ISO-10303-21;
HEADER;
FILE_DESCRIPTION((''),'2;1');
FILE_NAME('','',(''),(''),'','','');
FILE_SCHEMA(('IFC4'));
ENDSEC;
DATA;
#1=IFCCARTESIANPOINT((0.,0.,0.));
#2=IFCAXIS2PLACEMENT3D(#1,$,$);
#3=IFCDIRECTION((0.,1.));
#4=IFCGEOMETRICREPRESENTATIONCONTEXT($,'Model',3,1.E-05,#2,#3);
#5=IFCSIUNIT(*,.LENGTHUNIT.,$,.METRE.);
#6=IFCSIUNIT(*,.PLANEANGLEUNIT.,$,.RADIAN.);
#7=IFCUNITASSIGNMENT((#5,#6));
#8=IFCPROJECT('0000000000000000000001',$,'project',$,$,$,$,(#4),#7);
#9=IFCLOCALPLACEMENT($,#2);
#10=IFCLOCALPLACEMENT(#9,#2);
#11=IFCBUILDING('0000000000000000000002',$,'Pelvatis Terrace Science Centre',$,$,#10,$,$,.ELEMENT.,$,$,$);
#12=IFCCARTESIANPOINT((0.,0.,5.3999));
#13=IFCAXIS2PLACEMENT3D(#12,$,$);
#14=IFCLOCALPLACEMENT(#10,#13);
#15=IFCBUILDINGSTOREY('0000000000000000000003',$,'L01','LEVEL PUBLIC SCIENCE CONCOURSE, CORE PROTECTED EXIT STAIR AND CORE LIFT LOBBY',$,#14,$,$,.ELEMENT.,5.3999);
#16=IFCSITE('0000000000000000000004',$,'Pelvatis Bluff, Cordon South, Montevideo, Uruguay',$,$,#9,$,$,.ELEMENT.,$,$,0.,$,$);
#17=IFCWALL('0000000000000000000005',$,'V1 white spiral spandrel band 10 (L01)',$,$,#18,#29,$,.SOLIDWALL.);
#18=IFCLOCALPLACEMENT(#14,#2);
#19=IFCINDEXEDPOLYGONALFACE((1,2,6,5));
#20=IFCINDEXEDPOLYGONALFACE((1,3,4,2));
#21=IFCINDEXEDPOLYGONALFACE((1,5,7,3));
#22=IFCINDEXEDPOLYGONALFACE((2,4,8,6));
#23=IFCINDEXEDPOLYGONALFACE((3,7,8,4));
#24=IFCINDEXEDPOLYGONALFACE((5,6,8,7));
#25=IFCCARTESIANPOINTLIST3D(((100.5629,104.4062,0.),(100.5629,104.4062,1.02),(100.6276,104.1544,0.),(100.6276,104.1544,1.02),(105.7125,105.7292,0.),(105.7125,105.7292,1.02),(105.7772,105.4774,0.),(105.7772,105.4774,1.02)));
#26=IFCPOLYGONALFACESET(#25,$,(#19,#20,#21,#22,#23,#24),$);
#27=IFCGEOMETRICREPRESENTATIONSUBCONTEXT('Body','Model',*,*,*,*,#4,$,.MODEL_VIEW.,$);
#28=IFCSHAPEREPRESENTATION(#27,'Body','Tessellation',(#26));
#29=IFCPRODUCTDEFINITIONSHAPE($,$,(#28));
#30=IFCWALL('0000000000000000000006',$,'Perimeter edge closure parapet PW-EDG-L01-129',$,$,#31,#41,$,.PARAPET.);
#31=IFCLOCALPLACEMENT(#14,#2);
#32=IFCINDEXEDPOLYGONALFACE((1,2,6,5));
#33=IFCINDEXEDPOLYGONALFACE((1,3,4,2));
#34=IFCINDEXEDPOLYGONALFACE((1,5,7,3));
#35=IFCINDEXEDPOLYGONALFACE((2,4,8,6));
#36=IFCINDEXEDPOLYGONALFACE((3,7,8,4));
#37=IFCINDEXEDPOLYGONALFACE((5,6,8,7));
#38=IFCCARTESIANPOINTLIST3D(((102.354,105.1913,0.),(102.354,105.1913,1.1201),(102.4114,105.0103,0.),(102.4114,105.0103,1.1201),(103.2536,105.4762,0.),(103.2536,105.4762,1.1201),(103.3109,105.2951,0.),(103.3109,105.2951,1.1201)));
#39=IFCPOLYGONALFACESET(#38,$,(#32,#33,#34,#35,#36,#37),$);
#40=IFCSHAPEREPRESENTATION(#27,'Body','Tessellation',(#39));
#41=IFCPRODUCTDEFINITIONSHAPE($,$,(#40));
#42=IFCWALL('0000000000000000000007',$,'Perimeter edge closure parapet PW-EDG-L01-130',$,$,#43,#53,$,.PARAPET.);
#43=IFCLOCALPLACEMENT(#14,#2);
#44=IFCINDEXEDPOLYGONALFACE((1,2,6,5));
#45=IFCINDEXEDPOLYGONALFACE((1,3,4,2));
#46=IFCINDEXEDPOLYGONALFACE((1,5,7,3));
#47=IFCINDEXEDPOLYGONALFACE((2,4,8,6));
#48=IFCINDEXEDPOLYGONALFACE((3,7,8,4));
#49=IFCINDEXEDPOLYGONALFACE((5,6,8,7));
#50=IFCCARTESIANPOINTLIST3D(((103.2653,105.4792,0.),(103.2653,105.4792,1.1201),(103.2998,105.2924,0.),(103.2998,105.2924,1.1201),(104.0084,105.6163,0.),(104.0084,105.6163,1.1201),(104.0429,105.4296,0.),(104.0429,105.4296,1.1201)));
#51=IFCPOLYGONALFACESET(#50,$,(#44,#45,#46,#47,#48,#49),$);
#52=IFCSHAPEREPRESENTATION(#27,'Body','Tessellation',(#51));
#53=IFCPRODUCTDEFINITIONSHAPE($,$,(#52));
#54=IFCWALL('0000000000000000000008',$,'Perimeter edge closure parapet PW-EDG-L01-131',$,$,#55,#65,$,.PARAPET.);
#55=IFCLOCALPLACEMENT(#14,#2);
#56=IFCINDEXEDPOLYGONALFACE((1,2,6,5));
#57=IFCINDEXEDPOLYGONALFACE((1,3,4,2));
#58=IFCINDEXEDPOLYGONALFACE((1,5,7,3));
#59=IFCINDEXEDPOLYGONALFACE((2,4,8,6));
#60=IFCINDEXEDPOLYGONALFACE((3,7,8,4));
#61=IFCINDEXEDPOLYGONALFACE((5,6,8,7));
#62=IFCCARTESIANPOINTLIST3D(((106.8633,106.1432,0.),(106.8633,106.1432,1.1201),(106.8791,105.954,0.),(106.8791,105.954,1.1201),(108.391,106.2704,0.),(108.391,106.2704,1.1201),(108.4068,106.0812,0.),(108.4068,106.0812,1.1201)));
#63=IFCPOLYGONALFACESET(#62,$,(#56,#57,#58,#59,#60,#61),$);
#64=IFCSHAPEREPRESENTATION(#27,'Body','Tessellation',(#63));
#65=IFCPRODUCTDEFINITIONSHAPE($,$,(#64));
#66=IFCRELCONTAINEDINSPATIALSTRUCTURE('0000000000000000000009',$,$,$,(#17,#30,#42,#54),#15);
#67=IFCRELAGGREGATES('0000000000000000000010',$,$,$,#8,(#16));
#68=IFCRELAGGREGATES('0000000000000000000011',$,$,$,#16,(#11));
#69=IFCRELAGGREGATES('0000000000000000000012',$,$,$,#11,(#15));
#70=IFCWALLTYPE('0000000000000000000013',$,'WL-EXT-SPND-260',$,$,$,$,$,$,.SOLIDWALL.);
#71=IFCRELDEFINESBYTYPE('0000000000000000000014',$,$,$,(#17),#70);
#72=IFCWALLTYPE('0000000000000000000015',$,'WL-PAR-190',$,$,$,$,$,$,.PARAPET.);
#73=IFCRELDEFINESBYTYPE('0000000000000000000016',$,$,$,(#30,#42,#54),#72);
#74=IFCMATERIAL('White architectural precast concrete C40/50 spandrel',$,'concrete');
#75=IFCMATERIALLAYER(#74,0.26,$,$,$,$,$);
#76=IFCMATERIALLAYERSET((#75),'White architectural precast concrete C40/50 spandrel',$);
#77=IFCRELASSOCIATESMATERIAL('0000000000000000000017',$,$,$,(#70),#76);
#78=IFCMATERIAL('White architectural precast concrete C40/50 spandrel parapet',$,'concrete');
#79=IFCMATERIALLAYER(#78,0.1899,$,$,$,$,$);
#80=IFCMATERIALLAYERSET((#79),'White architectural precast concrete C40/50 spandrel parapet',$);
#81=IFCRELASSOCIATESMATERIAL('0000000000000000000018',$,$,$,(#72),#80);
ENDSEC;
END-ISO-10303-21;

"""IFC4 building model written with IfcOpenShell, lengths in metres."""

from ifc_helpers import new_model, si_unit, direction, frame, frame_2d, origin, place, context, subcontext, project, spatial, rectangle, extrude, material, layer, layer_set, type_object, element, save


model = new_model("IFC4")

# Units and contexts
model_context = context("Model", 3, precision=1e-05, world=origin(), true_north=direction((0.0, 1.0)))
body_context = subcontext(model_context, "Body", "Model", "MODEL_VIEW")
ifc_project = project(units=[si_unit("LENGTHUNIT", "METRE"), si_unit("PLANEANGLEUNIT", "RADIAN")], contexts=[model_context])

# Site, building, storey
site_placement = place(None, origin())
site = spatial("IfcSite", under=ifc_project, at=site_placement, Name="Pelvatis Bluff, Cordon South, Montevideo, Uruguay", CompositionType="ELEMENT", RefElevation=0.0)
building_placement = place(site_placement, origin())
building = spatial("IfcBuilding", under=site, at=building_placement, Name="Pelvatis Terrace Science Centre", CompositionType="ELEMENT")
storey_placement = place(building_placement, frame((0.0, 0.0, 5.3999)))
storey = spatial("IfcBuildingStorey", under=building, at=storey_placement, Name="L01", Description="LEVEL PUBLIC SCIENCE CONCOURSE, CORE PROTECTED EXIT STAIR AND CORE LIFT LOBBY", CompositionType="ELEMENT", Elevation=5.3999)

# Walls
ifc_material_1 = material(Name="White architectural precast concrete C40/50 spandrel", Category="concrete")
ifc_layer_1 = layer(ifc_material_1, 0.26)
ifc_layer_set_1 = layer_set([ifc_layer_1], Name="White architectural precast concrete C40/50 spandrel")
wall_type_1 = type_object("IfcWallType", Name="WL-EXT-SPND-260", PredefinedType="SOLIDWALL", material=ifc_layer_set_1)
wall_1_placement = place(storey_placement, frame((105.7449, 105.6033, 0.0), z_axis=(0.0, 0.0, 1.0), x_axis=(-0.968547, -0.248829, 0.0)))
element("IfcWall", 1, at=wall_1_placement, inside=storey, type_object=wall_type_1, Name="V1 white spiral spandrel band 10 (L01)", PredefinedType="SOLIDWALL", context=body_context, shape_type="SweptSolid", body=[
    extrude(rectangle(XDim=5.3169, YDim=0.26, at=frame_2d((2.6584, 0.0))), origin(), (0.0, 0.0, 1.0), 1.02),
])
ifc_material_2 = material(Name="White architectural precast concrete C40/50 spandrel parapet", Category="concrete")
ifc_layer_2 = layer(ifc_material_2, 0.1899)
ifc_layer_set_2 = layer_set([ifc_layer_2], Name="White architectural precast concrete C40/50 spandrel parapet")
wall_type_2 = type_object("IfcWallType", Name="WL-PAR-190", PredefinedType="PARAPET", material=ifc_layer_set_2)
wall_2_placement = place(storey_placement, frame((102.3828, 105.1008, 0.0), z_axis=(0.0, 0.0, 1.0), x_axis=(0.953336, 0.301911, 0.0)))
element("IfcWall", 2, at=wall_2_placement, inside=storey, type_object=wall_type_2, Name="Perimeter edge closure parapet PW-EDG-L01-129", PredefinedType="PARAPET", context=body_context, shape_type="SweptSolid", body=[
    extrude(rectangle(XDim=0.9436, YDim=0.1899, at=frame_2d((0.4717, 0.0))), origin(), (0.0, 0.0, 1.0), 1.1201),
])
wall_3_placement = place(storey_placement, frame((103.2825, 105.3857, 0.0), z_axis=(0.0, 0.0, 1.0), x_axis=(0.98338, 0.181557, 0.0)))
element("IfcWall", 3, at=wall_3_placement, inside=storey, type_object=wall_type_2, Name="Perimeter edge closure parapet PW-EDG-L01-130", PredefinedType="PARAPET", context=body_context, shape_type="SweptSolid", body=[
    extrude(rectangle(XDim=0.7556, YDim=0.1899, at=frame_2d((0.3779, 0.0))), origin(), (0.0, 0.0, 1.0), 1.1201),
])
wall_4_placement = place(storey_placement, frame((106.8711, 106.0486, 0.0), z_axis=(0.0, 0.0, 1.0), x_axis=(0.996551, 0.08298, 0.0)))
element("IfcWall", 4, at=wall_4_placement, inside=storey, type_object=wall_type_2, Name="Perimeter edge closure parapet PW-EDG-L01-131", PredefinedType="PARAPET", context=body_context, shape_type="SweptSolid", body=[
    extrude(rectangle(XDim=1.533, YDim=0.1899, at=frame_2d((0.7666, 0.0))), origin(), (0.0, 0.0, 1.0), 1.1201),
])

save(model, "model.ifc")
